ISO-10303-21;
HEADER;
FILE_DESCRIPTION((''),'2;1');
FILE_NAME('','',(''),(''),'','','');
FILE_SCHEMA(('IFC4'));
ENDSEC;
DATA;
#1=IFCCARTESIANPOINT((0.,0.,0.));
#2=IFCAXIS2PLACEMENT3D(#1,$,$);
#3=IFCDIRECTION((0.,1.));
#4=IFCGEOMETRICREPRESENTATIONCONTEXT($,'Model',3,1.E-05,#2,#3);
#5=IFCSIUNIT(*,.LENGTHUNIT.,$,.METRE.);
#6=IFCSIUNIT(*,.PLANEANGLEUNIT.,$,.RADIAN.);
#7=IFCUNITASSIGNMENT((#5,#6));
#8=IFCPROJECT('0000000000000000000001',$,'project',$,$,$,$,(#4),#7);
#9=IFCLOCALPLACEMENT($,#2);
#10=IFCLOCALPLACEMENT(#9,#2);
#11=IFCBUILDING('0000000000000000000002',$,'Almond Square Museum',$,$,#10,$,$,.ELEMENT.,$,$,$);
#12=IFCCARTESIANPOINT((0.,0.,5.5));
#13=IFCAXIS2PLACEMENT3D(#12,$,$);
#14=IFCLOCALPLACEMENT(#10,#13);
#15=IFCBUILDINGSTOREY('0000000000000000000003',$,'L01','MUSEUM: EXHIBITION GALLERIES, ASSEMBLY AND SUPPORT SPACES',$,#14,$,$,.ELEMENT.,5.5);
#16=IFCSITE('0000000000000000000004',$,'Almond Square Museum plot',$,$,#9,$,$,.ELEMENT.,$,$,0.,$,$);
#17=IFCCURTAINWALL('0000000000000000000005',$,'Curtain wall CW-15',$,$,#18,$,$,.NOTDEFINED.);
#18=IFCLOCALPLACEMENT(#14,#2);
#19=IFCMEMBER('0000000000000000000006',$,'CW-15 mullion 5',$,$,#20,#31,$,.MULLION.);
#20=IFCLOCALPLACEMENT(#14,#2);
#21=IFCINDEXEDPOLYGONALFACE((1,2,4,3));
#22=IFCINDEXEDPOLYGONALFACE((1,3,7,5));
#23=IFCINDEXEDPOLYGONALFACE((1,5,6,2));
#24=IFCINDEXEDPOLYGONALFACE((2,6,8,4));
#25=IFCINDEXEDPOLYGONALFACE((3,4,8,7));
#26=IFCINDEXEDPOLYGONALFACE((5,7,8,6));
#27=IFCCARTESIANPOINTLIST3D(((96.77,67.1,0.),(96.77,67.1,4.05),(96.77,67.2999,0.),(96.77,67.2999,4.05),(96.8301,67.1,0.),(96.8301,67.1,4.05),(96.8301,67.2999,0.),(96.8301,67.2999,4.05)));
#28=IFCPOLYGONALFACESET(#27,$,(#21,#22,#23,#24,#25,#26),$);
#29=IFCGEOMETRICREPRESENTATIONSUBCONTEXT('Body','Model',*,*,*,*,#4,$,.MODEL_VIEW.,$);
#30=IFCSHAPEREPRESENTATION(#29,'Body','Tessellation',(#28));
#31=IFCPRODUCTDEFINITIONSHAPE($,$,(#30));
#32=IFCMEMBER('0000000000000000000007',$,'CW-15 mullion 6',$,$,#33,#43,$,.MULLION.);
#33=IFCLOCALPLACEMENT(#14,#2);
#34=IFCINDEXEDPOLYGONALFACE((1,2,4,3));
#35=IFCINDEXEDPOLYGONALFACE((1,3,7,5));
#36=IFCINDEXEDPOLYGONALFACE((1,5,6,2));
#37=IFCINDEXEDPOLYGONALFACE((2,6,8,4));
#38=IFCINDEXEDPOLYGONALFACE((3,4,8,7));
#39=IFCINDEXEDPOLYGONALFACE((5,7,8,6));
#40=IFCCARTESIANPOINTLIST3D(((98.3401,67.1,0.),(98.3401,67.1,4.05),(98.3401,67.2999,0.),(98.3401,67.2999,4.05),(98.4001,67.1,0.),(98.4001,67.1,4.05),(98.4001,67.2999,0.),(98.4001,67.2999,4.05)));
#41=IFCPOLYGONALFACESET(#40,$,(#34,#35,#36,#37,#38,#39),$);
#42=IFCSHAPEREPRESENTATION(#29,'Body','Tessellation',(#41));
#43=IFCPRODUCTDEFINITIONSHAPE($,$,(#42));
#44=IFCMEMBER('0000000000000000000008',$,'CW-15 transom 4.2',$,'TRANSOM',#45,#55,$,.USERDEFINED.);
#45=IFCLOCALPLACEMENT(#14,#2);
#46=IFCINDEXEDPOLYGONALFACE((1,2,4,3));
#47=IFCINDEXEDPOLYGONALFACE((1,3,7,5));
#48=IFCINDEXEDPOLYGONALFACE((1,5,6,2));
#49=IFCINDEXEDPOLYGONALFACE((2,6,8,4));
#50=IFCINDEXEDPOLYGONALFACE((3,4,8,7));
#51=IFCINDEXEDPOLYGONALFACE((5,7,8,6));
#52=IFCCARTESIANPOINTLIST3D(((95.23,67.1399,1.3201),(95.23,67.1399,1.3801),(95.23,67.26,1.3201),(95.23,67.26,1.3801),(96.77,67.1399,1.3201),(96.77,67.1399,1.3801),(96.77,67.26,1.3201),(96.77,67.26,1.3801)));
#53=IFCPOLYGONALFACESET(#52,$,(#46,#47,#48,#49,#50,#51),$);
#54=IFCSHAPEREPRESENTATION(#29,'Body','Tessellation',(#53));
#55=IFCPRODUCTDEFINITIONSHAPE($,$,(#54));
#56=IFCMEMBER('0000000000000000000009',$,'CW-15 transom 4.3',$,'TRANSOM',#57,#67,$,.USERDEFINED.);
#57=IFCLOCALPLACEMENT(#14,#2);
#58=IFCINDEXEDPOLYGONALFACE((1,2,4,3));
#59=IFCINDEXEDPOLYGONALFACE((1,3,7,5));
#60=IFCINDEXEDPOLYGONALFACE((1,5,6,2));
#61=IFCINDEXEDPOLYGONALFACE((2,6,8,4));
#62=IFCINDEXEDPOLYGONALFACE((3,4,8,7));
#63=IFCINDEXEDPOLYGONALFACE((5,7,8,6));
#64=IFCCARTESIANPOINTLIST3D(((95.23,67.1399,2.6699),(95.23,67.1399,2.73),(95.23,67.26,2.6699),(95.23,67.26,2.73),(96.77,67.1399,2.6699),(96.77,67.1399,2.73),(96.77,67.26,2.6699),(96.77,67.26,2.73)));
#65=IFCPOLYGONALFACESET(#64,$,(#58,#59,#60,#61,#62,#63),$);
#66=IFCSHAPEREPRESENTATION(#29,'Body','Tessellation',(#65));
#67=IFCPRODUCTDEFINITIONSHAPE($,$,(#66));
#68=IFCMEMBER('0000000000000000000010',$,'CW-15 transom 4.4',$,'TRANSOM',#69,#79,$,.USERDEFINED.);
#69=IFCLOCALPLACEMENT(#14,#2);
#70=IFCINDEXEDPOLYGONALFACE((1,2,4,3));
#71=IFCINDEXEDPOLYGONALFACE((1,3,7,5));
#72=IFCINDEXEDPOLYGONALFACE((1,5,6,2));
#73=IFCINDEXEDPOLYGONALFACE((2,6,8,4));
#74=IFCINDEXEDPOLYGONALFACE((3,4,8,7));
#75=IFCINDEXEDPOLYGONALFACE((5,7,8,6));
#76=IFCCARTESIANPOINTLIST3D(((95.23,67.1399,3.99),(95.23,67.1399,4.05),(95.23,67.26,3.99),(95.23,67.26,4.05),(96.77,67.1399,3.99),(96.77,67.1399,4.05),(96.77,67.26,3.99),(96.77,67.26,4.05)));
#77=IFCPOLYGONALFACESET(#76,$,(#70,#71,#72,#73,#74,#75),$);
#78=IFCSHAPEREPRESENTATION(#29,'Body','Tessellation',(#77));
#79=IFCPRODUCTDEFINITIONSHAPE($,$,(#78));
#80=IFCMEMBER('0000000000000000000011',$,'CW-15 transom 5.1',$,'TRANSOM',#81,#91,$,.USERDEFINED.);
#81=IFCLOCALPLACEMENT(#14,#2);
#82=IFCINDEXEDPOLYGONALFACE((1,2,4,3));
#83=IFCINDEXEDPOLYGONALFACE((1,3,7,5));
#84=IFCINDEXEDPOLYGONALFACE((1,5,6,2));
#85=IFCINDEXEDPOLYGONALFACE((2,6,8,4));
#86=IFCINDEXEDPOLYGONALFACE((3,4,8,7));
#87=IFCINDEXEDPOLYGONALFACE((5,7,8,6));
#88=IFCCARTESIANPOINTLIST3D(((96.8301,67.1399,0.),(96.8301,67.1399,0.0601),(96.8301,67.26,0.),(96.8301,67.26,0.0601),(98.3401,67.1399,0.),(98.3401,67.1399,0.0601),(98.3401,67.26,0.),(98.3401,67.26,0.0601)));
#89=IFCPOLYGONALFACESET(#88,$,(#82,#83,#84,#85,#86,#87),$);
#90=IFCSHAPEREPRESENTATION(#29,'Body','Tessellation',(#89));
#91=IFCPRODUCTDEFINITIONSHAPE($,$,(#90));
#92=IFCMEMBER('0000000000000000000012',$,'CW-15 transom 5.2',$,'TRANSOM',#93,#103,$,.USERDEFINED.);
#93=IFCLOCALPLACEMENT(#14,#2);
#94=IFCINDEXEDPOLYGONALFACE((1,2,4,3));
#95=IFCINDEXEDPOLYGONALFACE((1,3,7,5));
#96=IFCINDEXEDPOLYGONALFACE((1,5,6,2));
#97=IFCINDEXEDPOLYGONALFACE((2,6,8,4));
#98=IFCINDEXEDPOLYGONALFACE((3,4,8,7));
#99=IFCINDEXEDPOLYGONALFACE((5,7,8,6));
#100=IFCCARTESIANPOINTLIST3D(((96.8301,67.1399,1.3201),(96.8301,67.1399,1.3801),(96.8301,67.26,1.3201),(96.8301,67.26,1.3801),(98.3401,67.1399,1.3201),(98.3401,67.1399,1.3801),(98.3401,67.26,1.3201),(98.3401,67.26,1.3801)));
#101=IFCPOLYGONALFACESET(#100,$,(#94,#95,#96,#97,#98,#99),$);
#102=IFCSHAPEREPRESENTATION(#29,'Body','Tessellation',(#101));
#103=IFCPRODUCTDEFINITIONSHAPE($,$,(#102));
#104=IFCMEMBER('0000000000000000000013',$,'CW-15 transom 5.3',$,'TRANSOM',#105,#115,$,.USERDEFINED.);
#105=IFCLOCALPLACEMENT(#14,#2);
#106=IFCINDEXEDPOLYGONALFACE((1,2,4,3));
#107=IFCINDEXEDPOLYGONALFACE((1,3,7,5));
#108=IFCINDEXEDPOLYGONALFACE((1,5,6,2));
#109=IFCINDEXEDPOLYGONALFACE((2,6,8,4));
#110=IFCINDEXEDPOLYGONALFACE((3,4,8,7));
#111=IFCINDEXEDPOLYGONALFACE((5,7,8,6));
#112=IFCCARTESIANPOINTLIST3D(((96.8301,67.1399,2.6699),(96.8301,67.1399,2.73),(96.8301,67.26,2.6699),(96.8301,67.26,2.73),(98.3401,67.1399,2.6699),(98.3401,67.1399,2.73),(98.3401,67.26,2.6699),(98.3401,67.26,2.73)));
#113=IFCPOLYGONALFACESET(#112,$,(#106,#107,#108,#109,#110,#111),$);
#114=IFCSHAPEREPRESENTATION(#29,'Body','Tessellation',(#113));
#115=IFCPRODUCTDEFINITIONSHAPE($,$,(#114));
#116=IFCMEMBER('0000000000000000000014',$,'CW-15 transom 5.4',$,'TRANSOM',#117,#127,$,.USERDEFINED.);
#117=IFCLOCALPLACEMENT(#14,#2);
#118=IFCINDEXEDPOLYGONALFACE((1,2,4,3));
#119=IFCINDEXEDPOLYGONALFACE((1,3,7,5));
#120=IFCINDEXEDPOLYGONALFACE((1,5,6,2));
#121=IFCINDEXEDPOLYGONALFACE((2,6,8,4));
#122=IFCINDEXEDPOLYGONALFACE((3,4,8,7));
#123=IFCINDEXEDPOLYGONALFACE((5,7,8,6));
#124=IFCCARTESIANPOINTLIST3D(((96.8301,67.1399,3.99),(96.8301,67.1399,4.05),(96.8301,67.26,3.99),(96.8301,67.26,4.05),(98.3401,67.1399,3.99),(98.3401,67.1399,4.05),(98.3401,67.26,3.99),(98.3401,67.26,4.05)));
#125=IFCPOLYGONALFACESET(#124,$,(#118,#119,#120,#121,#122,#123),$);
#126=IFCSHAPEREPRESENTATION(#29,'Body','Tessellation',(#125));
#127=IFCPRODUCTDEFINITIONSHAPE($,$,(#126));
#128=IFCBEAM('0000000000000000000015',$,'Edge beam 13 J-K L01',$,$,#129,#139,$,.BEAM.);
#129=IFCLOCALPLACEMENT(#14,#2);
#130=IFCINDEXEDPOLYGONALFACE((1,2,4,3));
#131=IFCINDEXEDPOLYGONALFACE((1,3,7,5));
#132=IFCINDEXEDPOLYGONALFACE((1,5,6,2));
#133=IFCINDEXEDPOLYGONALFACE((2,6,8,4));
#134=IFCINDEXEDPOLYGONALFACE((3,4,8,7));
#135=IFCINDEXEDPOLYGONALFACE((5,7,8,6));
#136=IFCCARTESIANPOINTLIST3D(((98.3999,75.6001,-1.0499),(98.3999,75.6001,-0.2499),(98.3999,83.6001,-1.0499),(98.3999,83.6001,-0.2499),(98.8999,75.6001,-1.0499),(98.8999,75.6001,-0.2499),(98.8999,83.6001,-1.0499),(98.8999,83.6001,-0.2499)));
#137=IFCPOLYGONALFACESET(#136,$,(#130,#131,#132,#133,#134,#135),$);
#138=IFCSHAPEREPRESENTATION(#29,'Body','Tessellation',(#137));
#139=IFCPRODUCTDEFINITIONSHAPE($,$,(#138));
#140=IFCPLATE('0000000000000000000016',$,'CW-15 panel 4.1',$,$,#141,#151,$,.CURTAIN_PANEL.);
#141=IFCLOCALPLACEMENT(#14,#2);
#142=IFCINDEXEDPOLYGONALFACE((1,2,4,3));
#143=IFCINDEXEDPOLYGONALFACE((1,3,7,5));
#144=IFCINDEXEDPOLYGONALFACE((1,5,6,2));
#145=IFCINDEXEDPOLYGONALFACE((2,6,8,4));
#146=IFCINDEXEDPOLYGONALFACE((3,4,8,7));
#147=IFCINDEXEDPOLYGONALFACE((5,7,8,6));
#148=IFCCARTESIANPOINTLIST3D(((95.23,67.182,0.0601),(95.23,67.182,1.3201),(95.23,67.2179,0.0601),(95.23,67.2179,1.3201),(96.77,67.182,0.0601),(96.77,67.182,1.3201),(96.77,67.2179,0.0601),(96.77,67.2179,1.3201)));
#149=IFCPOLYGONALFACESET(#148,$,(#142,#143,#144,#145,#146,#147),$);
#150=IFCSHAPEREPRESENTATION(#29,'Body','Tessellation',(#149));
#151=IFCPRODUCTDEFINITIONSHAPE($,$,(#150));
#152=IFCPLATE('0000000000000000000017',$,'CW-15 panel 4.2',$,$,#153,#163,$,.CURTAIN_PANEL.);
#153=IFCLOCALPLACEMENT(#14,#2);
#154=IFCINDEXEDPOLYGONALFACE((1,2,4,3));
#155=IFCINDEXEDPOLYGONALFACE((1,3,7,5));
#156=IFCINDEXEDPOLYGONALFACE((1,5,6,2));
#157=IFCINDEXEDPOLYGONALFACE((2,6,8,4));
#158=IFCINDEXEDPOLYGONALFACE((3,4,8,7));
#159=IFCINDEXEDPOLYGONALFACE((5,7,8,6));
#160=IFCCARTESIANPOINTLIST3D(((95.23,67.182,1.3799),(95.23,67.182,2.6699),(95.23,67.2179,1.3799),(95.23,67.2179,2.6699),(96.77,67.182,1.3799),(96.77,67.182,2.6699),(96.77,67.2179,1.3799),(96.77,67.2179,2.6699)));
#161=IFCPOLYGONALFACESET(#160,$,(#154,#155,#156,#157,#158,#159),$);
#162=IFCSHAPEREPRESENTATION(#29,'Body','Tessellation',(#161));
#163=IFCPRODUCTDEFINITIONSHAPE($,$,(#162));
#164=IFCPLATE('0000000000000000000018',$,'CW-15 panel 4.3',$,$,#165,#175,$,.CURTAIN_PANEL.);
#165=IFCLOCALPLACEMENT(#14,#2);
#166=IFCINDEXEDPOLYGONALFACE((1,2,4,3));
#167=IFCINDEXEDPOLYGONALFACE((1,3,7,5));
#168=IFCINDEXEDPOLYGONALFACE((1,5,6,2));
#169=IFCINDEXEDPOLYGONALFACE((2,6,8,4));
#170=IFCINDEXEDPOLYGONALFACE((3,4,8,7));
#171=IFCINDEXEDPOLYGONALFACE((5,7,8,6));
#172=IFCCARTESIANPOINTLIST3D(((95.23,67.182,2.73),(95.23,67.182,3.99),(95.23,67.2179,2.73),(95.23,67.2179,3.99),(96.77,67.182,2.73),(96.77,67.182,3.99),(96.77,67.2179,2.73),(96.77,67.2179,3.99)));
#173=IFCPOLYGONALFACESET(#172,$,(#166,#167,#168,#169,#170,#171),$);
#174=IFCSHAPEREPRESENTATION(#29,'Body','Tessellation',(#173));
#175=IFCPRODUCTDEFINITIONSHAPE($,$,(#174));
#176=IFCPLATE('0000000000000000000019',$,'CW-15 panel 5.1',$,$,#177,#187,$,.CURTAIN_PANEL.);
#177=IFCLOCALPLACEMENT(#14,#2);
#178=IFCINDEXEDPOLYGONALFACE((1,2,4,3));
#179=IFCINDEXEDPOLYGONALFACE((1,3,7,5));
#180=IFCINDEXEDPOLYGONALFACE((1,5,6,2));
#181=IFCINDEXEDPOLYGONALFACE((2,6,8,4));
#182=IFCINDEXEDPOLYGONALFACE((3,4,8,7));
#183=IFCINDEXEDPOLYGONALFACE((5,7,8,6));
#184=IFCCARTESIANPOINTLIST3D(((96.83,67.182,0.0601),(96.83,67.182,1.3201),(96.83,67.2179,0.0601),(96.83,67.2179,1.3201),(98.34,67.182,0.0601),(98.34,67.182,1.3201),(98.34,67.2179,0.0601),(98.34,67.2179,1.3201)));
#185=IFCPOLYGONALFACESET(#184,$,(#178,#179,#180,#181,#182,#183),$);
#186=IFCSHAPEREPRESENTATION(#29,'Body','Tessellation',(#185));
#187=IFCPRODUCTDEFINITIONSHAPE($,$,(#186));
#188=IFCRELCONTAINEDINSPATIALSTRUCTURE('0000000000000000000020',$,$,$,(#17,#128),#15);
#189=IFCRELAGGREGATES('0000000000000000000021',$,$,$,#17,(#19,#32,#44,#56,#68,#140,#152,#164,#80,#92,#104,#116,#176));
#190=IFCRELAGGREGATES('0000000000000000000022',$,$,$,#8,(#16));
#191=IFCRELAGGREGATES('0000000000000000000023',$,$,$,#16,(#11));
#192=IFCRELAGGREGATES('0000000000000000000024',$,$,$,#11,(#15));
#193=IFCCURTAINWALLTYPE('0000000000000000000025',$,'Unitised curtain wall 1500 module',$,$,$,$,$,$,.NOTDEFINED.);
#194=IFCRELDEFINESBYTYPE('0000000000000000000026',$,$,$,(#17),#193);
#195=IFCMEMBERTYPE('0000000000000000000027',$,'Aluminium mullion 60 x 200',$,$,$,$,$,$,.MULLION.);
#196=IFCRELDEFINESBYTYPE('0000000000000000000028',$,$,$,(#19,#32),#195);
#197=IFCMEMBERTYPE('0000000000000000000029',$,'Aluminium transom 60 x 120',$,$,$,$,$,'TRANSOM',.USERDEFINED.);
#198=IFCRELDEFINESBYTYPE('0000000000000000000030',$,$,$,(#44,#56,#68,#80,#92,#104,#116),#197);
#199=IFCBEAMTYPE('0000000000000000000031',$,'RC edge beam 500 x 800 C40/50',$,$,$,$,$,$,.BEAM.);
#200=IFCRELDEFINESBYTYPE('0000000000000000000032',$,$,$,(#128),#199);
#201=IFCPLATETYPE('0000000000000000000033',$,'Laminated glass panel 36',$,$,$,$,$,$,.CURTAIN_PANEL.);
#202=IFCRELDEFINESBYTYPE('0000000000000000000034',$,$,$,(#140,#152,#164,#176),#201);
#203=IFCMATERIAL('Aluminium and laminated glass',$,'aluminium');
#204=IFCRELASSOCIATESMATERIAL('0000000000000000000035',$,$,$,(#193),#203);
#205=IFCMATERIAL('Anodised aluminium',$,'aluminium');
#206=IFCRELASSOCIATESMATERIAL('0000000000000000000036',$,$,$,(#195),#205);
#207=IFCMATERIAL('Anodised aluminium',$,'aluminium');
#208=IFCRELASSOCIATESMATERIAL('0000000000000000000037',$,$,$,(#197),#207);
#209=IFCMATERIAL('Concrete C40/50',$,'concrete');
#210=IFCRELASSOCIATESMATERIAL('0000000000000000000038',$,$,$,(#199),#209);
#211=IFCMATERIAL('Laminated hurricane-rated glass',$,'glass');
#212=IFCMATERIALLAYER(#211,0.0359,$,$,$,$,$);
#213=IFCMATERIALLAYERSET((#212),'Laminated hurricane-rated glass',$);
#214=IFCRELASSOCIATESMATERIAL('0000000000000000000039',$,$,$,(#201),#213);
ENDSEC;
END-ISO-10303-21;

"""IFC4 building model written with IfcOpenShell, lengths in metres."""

from ifc_helpers import new_model, si_unit, direction, frame, origin, origin_2d, place, context, subcontext, project, spatial, rectangle, extrude, material, layer, layer_set, material_profile, profile_set, type_object, element, aggregate, save


model = new_model("IFC4")

# Units and contexts
model_context = context("Model", 3, precision=1e-05, world=origin(), true_north=direction((0.0, 1.0)))
body_context = subcontext(model_context, "Body", "Model", "MODEL_VIEW")
ifc_project = project(units=[si_unit("LENGTHUNIT", "METRE"), si_unit("PLANEANGLEUNIT", "RADIAN")], contexts=[model_context])

# Site, building, storey
site_placement = place(None, origin())
site = spatial("IfcSite", under=ifc_project, at=site_placement, Name="Almond Square Museum plot", CompositionType="ELEMENT", RefElevation=0.0)
building_placement = place(site_placement, origin())
building = spatial("IfcBuilding", under=site, at=building_placement, Name="Almond Square Museum", CompositionType="ELEMENT")
storey_placement = place(building_placement, frame((0.0, 0.0, 5.5)))
storey = spatial("IfcBuildingStorey", under=building, at=storey_placement, Name="L01", Description="MUSEUM: EXHIBITION GALLERIES, ASSEMBLY AND SUPPORT SPACES", CompositionType="ELEMENT", Elevation=5.5)

# Curtain wall, members
ifc_material_1 = material(Name="Aluminium and laminated glass", Category="aluminium")
curtain_wall_type = type_object("IfcCurtainWallType", Name="Unitised curtain wall 1500 module", PredefinedType="NOTDEFINED", material=ifc_material_1)
curtain_wall_placement = place(storey_placement, origin())
curtain_wall = element("IfcCurtainWall", 1, at=curtain_wall_placement, inside=storey, type_object=curtain_wall_type, Name="Curtain wall CW-15", PredefinedType="NOTDEFINED")
ifc_material_2 = material(Name="Anodised aluminium", Category="aluminium")
ifc_material_profile_1 = material_profile(ifc_material_2, rectangle(XDim=0.2, YDim=0.0601, at=origin_2d()))
ifc_profile_set_1 = profile_set([ifc_material_profile_1], Name="Anodised aluminium")
member_type_1 = type_object("IfcMemberType", Name="Aluminium mullion 60 x 200", PredefinedType="MULLION", material=ifc_profile_set_1)
member_1_placement = place(storey_placement, frame((96.8, 67.2, 0.0), z_axis=(0.0, 0.0, 1.0), x_axis=(0.0, 1.0, 0.0)))
member_1 = element("IfcMember", 2, at=member_1_placement, type_object=member_type_1, Name="CW-15 mullion 5", PredefinedType="MULLION", context=body_context, shape_type="SweptSolid", body=[
    extrude(rectangle(XDim=0.2, YDim=0.0601, at=origin_2d()), origin(), (0.0, 0.0, 1.0), 4.05),
])
member_2_placement = place(storey_placement, frame((98.3701, 67.2, 0.0), z_axis=(0.0, 0.0, 1.0), x_axis=(0.0, 1.0, 0.0)))
member_2 = element("IfcMember", 3, at=member_2_placement, type_object=member_type_1, Name="CW-15 mullion 6", PredefinedType="MULLION", context=body_context, shape_type="SweptSolid", body=[
    extrude(rectangle(XDim=0.2, YDim=0.0601, at=origin_2d()), origin(), (0.0, 0.0, 1.0), 4.05),
])
ifc_material_3 = material(Name="Anodised aluminium", Category="aluminium")
ifc_material_profile_2 = material_profile(ifc_material_3, rectangle(XDim=0.1201, YDim=0.0601, at=origin_2d()))
ifc_profile_set_2 = profile_set([ifc_material_profile_2], Name="Anodised aluminium")
member_type_2 = type_object("IfcMemberType", Name="Aluminium transom 60 x 120", ElementType="TRANSOM", PredefinedType="USERDEFINED", material=ifc_profile_set_2)
member_3_placement = place(storey_placement, frame((95.23, 67.2, 1.3501), z_axis=(1.0, 0.0, 0.0), x_axis=(0.0, 1.0, 0.0)))
member_3 = element("IfcMember", 4, at=member_3_placement, type_object=member_type_2, Name="CW-15 transom 4.2", ObjectType="TRANSOM", PredefinedType="USERDEFINED", context=body_context, shape_type="SweptSolid", body=[
    extrude(rectangle(XDim=0.1201, YDim=0.0601, at=origin_2d()), origin(), (0.0, 0.0, 1.0), 1.54),
])
member_4_placement = place(storey_placement, frame((95.23, 67.2, 2.7), z_axis=(1.0, 0.0, 0.0), x_axis=(0.0, 1.0, 0.0)))
member_4 = element("IfcMember", 5, at=member_4_placement, type_object=member_type_2, Name="CW-15 transom 4.3", ObjectType="TRANSOM", PredefinedType="USERDEFINED", context=body_context, shape_type="SweptSolid", body=[
    extrude(rectangle(XDim=0.1201, YDim=0.0601, at=origin_2d()), origin(), (0.0, 0.0, 1.0), 1.54),
])
member_5_placement = place(storey_placement, frame((95.23, 67.2, 4.02), z_axis=(1.0, 0.0, 0.0), x_axis=(0.0, 1.0, 0.0)))
member_5 = element("IfcMember", 6, at=member_5_placement, type_object=member_type_2, Name="CW-15 transom 4.4", ObjectType="TRANSOM", PredefinedType="USERDEFINED", context=body_context, shape_type="SweptSolid", body=[
    extrude(rectangle(XDim=0.1201, YDim=0.0601, at=origin_2d()), origin(), (0.0, 0.0, 1.0), 1.54),
])
member_6_placement = place(storey_placement, frame((96.8301, 67.2, 0.03), z_axis=(1.0, 0.0, 0.0), x_axis=(0.0, 1.0, 0.0)))
member_6 = element("IfcMember", 7, at=member_6_placement, type_object=member_type_2, Name="CW-15 transom 5.1", ObjectType="TRANSOM", PredefinedType="USERDEFINED", context=body_context, shape_type="SweptSolid", body=[
    extrude(rectangle(XDim=0.1201, YDim=0.0601, at=origin_2d()), origin(), (0.0, 0.0, 1.0), 1.51),
])
member_7_placement = place(storey_placement, frame((96.8301, 67.2, 1.3501), z_axis=(1.0, 0.0, 0.0), x_axis=(0.0, 1.0, 0.0)))
member_7 = element("IfcMember", 8, at=member_7_placement, type_object=member_type_2, Name="CW-15 transom 5.2", ObjectType="TRANSOM", PredefinedType="USERDEFINED", context=body_context, shape_type="SweptSolid", body=[
    extrude(rectangle(XDim=0.1201, YDim=0.0601, at=origin_2d()), origin(), (0.0, 0.0, 1.0), 1.51),
])
member_8_placement = place(storey_placement, frame((96.8301, 67.2, 2.7), z_axis=(1.0, 0.0, 0.0), x_axis=(0.0, 1.0, 0.0)))
member_8 = element("IfcMember", 9, at=member_8_placement, type_object=member_type_2, Name="CW-15 transom 5.3", ObjectType="TRANSOM", PredefinedType="USERDEFINED", context=body_context, shape_type="SweptSolid", body=[
    extrude(rectangle(XDim=0.1201, YDim=0.0601, at=origin_2d()), origin(), (0.0, 0.0, 1.0), 1.51),
])
member_9_placement = place(storey_placement, frame((96.8301, 67.2, 4.02), z_axis=(1.0, 0.0, 0.0), x_axis=(0.0, 1.0, 0.0)))
member_9 = element("IfcMember", 10, at=member_9_placement, type_object=member_type_2, Name="CW-15 transom 5.4", ObjectType="TRANSOM", PredefinedType="USERDEFINED", context=body_context, shape_type="SweptSolid", body=[
    extrude(rectangle(XDim=0.1201, YDim=0.0601, at=origin_2d()), origin(), (0.0, 0.0, 1.0), 1.51),
])

# Beam
ifc_material_4 = material(Name="Concrete C40/50", Category="concrete")
ifc_material_profile_3 = material_profile(ifc_material_4, rectangle(XDim=0.5, YDim=0.8, at=origin_2d()))
ifc_profile_set_3 = profile_set([ifc_material_profile_3], Name="Concrete C40/50")
beam_type = type_object("IfcBeamType", Name="RC edge beam 500 x 800 C40/50", PredefinedType="BEAM", material=ifc_profile_set_3)
beam_placement = place(storey_placement, frame((98.6499, 75.6001, -0.6499), z_axis=(0.0, 1.0, 0.0), x_axis=(-1.0, 0.0, 0.0)))
element("IfcBeam", 11, at=beam_placement, inside=storey, type_object=beam_type, Name="Edge beam 13 J-K L01", PredefinedType="BEAM", context=body_context, shape_type="SweptSolid", body=[
    extrude(rectangle(XDim=0.5, YDim=0.8, at=origin_2d()), origin(), (0.0, 0.0, 1.0), 8.0),
])

# Plates
ifc_material_5 = material(Name="Laminated hurricane-rated glass", Category="glass")
ifc_layer_1 = layer(ifc_material_5, 0.0359)
ifc_layer_set_1 = layer_set([ifc_layer_1], Name="Laminated hurricane-rated glass")
plate_type = type_object("IfcPlateType", Name="Laminated glass panel 36", PredefinedType="CURTAIN_PANEL", material=ifc_layer_set_1)
plate_1_placement = place(storey_placement, frame((96.0, 67.2, 0.0601), z_axis=(0.0, 0.0, 1.0), x_axis=(1.0, 0.0, 0.0)))
plate_1 = element("IfcPlate", 12, at=plate_1_placement, type_object=plate_type, Name="CW-15 panel 4.1", PredefinedType="CURTAIN_PANEL", context=body_context, shape_type="SweptSolid", body=[
    extrude(rectangle(XDim=1.54, YDim=0.0359, at=origin_2d()), origin(), (0.0, 0.0, 1.0), 1.26),
])
plate_2_placement = place(storey_placement, frame((96.0, 67.2, 1.3799), z_axis=(0.0, 0.0, 1.0), x_axis=(1.0, 0.0, 0.0)))
plate_2 = element("IfcPlate", 13, at=plate_2_placement, type_object=plate_type, Name="CW-15 panel 4.2", PredefinedType="CURTAIN_PANEL", context=body_context, shape_type="SweptSolid", body=[
    extrude(rectangle(XDim=1.54, YDim=0.0359, at=origin_2d()), origin(), (0.0, 0.0, 1.0), 1.29),
])
plate_3_placement = place(storey_placement, frame((96.0, 67.2, 2.73), z_axis=(0.0, 0.0, 1.0), x_axis=(1.0, 0.0, 0.0)))
plate_3 = element("IfcPlate", 14, at=plate_3_placement, type_object=plate_type, Name="CW-15 panel 4.3", PredefinedType="CURTAIN_PANEL", context=body_context, shape_type="SweptSolid", body=[
    extrude(rectangle(XDim=1.54, YDim=0.0359, at=origin_2d()), origin(), (0.0, 0.0, 1.0), 1.26),
])
plate_4_placement = place(storey_placement, frame((97.585, 67.2, 0.0601), z_axis=(0.0, 0.0, 1.0), x_axis=(1.0, 0.0, 0.0)))
plate_4 = element("IfcPlate", 15, at=plate_4_placement, type_object=plate_type, Name="CW-15 panel 5.1", PredefinedType="CURTAIN_PANEL", context=body_context, shape_type="SweptSolid", body=[
    extrude(rectangle(XDim=1.51, YDim=0.0359, at=origin_2d()), origin(), (0.0, 0.0, 1.0), 1.26),
])
aggregate(curtain_wall, [member_1, member_2, member_3, member_4, member_5, plate_1, plate_2, plate_3, member_6, member_7, member_8, member_9, plate_4])

save(model, "model.ifc")
